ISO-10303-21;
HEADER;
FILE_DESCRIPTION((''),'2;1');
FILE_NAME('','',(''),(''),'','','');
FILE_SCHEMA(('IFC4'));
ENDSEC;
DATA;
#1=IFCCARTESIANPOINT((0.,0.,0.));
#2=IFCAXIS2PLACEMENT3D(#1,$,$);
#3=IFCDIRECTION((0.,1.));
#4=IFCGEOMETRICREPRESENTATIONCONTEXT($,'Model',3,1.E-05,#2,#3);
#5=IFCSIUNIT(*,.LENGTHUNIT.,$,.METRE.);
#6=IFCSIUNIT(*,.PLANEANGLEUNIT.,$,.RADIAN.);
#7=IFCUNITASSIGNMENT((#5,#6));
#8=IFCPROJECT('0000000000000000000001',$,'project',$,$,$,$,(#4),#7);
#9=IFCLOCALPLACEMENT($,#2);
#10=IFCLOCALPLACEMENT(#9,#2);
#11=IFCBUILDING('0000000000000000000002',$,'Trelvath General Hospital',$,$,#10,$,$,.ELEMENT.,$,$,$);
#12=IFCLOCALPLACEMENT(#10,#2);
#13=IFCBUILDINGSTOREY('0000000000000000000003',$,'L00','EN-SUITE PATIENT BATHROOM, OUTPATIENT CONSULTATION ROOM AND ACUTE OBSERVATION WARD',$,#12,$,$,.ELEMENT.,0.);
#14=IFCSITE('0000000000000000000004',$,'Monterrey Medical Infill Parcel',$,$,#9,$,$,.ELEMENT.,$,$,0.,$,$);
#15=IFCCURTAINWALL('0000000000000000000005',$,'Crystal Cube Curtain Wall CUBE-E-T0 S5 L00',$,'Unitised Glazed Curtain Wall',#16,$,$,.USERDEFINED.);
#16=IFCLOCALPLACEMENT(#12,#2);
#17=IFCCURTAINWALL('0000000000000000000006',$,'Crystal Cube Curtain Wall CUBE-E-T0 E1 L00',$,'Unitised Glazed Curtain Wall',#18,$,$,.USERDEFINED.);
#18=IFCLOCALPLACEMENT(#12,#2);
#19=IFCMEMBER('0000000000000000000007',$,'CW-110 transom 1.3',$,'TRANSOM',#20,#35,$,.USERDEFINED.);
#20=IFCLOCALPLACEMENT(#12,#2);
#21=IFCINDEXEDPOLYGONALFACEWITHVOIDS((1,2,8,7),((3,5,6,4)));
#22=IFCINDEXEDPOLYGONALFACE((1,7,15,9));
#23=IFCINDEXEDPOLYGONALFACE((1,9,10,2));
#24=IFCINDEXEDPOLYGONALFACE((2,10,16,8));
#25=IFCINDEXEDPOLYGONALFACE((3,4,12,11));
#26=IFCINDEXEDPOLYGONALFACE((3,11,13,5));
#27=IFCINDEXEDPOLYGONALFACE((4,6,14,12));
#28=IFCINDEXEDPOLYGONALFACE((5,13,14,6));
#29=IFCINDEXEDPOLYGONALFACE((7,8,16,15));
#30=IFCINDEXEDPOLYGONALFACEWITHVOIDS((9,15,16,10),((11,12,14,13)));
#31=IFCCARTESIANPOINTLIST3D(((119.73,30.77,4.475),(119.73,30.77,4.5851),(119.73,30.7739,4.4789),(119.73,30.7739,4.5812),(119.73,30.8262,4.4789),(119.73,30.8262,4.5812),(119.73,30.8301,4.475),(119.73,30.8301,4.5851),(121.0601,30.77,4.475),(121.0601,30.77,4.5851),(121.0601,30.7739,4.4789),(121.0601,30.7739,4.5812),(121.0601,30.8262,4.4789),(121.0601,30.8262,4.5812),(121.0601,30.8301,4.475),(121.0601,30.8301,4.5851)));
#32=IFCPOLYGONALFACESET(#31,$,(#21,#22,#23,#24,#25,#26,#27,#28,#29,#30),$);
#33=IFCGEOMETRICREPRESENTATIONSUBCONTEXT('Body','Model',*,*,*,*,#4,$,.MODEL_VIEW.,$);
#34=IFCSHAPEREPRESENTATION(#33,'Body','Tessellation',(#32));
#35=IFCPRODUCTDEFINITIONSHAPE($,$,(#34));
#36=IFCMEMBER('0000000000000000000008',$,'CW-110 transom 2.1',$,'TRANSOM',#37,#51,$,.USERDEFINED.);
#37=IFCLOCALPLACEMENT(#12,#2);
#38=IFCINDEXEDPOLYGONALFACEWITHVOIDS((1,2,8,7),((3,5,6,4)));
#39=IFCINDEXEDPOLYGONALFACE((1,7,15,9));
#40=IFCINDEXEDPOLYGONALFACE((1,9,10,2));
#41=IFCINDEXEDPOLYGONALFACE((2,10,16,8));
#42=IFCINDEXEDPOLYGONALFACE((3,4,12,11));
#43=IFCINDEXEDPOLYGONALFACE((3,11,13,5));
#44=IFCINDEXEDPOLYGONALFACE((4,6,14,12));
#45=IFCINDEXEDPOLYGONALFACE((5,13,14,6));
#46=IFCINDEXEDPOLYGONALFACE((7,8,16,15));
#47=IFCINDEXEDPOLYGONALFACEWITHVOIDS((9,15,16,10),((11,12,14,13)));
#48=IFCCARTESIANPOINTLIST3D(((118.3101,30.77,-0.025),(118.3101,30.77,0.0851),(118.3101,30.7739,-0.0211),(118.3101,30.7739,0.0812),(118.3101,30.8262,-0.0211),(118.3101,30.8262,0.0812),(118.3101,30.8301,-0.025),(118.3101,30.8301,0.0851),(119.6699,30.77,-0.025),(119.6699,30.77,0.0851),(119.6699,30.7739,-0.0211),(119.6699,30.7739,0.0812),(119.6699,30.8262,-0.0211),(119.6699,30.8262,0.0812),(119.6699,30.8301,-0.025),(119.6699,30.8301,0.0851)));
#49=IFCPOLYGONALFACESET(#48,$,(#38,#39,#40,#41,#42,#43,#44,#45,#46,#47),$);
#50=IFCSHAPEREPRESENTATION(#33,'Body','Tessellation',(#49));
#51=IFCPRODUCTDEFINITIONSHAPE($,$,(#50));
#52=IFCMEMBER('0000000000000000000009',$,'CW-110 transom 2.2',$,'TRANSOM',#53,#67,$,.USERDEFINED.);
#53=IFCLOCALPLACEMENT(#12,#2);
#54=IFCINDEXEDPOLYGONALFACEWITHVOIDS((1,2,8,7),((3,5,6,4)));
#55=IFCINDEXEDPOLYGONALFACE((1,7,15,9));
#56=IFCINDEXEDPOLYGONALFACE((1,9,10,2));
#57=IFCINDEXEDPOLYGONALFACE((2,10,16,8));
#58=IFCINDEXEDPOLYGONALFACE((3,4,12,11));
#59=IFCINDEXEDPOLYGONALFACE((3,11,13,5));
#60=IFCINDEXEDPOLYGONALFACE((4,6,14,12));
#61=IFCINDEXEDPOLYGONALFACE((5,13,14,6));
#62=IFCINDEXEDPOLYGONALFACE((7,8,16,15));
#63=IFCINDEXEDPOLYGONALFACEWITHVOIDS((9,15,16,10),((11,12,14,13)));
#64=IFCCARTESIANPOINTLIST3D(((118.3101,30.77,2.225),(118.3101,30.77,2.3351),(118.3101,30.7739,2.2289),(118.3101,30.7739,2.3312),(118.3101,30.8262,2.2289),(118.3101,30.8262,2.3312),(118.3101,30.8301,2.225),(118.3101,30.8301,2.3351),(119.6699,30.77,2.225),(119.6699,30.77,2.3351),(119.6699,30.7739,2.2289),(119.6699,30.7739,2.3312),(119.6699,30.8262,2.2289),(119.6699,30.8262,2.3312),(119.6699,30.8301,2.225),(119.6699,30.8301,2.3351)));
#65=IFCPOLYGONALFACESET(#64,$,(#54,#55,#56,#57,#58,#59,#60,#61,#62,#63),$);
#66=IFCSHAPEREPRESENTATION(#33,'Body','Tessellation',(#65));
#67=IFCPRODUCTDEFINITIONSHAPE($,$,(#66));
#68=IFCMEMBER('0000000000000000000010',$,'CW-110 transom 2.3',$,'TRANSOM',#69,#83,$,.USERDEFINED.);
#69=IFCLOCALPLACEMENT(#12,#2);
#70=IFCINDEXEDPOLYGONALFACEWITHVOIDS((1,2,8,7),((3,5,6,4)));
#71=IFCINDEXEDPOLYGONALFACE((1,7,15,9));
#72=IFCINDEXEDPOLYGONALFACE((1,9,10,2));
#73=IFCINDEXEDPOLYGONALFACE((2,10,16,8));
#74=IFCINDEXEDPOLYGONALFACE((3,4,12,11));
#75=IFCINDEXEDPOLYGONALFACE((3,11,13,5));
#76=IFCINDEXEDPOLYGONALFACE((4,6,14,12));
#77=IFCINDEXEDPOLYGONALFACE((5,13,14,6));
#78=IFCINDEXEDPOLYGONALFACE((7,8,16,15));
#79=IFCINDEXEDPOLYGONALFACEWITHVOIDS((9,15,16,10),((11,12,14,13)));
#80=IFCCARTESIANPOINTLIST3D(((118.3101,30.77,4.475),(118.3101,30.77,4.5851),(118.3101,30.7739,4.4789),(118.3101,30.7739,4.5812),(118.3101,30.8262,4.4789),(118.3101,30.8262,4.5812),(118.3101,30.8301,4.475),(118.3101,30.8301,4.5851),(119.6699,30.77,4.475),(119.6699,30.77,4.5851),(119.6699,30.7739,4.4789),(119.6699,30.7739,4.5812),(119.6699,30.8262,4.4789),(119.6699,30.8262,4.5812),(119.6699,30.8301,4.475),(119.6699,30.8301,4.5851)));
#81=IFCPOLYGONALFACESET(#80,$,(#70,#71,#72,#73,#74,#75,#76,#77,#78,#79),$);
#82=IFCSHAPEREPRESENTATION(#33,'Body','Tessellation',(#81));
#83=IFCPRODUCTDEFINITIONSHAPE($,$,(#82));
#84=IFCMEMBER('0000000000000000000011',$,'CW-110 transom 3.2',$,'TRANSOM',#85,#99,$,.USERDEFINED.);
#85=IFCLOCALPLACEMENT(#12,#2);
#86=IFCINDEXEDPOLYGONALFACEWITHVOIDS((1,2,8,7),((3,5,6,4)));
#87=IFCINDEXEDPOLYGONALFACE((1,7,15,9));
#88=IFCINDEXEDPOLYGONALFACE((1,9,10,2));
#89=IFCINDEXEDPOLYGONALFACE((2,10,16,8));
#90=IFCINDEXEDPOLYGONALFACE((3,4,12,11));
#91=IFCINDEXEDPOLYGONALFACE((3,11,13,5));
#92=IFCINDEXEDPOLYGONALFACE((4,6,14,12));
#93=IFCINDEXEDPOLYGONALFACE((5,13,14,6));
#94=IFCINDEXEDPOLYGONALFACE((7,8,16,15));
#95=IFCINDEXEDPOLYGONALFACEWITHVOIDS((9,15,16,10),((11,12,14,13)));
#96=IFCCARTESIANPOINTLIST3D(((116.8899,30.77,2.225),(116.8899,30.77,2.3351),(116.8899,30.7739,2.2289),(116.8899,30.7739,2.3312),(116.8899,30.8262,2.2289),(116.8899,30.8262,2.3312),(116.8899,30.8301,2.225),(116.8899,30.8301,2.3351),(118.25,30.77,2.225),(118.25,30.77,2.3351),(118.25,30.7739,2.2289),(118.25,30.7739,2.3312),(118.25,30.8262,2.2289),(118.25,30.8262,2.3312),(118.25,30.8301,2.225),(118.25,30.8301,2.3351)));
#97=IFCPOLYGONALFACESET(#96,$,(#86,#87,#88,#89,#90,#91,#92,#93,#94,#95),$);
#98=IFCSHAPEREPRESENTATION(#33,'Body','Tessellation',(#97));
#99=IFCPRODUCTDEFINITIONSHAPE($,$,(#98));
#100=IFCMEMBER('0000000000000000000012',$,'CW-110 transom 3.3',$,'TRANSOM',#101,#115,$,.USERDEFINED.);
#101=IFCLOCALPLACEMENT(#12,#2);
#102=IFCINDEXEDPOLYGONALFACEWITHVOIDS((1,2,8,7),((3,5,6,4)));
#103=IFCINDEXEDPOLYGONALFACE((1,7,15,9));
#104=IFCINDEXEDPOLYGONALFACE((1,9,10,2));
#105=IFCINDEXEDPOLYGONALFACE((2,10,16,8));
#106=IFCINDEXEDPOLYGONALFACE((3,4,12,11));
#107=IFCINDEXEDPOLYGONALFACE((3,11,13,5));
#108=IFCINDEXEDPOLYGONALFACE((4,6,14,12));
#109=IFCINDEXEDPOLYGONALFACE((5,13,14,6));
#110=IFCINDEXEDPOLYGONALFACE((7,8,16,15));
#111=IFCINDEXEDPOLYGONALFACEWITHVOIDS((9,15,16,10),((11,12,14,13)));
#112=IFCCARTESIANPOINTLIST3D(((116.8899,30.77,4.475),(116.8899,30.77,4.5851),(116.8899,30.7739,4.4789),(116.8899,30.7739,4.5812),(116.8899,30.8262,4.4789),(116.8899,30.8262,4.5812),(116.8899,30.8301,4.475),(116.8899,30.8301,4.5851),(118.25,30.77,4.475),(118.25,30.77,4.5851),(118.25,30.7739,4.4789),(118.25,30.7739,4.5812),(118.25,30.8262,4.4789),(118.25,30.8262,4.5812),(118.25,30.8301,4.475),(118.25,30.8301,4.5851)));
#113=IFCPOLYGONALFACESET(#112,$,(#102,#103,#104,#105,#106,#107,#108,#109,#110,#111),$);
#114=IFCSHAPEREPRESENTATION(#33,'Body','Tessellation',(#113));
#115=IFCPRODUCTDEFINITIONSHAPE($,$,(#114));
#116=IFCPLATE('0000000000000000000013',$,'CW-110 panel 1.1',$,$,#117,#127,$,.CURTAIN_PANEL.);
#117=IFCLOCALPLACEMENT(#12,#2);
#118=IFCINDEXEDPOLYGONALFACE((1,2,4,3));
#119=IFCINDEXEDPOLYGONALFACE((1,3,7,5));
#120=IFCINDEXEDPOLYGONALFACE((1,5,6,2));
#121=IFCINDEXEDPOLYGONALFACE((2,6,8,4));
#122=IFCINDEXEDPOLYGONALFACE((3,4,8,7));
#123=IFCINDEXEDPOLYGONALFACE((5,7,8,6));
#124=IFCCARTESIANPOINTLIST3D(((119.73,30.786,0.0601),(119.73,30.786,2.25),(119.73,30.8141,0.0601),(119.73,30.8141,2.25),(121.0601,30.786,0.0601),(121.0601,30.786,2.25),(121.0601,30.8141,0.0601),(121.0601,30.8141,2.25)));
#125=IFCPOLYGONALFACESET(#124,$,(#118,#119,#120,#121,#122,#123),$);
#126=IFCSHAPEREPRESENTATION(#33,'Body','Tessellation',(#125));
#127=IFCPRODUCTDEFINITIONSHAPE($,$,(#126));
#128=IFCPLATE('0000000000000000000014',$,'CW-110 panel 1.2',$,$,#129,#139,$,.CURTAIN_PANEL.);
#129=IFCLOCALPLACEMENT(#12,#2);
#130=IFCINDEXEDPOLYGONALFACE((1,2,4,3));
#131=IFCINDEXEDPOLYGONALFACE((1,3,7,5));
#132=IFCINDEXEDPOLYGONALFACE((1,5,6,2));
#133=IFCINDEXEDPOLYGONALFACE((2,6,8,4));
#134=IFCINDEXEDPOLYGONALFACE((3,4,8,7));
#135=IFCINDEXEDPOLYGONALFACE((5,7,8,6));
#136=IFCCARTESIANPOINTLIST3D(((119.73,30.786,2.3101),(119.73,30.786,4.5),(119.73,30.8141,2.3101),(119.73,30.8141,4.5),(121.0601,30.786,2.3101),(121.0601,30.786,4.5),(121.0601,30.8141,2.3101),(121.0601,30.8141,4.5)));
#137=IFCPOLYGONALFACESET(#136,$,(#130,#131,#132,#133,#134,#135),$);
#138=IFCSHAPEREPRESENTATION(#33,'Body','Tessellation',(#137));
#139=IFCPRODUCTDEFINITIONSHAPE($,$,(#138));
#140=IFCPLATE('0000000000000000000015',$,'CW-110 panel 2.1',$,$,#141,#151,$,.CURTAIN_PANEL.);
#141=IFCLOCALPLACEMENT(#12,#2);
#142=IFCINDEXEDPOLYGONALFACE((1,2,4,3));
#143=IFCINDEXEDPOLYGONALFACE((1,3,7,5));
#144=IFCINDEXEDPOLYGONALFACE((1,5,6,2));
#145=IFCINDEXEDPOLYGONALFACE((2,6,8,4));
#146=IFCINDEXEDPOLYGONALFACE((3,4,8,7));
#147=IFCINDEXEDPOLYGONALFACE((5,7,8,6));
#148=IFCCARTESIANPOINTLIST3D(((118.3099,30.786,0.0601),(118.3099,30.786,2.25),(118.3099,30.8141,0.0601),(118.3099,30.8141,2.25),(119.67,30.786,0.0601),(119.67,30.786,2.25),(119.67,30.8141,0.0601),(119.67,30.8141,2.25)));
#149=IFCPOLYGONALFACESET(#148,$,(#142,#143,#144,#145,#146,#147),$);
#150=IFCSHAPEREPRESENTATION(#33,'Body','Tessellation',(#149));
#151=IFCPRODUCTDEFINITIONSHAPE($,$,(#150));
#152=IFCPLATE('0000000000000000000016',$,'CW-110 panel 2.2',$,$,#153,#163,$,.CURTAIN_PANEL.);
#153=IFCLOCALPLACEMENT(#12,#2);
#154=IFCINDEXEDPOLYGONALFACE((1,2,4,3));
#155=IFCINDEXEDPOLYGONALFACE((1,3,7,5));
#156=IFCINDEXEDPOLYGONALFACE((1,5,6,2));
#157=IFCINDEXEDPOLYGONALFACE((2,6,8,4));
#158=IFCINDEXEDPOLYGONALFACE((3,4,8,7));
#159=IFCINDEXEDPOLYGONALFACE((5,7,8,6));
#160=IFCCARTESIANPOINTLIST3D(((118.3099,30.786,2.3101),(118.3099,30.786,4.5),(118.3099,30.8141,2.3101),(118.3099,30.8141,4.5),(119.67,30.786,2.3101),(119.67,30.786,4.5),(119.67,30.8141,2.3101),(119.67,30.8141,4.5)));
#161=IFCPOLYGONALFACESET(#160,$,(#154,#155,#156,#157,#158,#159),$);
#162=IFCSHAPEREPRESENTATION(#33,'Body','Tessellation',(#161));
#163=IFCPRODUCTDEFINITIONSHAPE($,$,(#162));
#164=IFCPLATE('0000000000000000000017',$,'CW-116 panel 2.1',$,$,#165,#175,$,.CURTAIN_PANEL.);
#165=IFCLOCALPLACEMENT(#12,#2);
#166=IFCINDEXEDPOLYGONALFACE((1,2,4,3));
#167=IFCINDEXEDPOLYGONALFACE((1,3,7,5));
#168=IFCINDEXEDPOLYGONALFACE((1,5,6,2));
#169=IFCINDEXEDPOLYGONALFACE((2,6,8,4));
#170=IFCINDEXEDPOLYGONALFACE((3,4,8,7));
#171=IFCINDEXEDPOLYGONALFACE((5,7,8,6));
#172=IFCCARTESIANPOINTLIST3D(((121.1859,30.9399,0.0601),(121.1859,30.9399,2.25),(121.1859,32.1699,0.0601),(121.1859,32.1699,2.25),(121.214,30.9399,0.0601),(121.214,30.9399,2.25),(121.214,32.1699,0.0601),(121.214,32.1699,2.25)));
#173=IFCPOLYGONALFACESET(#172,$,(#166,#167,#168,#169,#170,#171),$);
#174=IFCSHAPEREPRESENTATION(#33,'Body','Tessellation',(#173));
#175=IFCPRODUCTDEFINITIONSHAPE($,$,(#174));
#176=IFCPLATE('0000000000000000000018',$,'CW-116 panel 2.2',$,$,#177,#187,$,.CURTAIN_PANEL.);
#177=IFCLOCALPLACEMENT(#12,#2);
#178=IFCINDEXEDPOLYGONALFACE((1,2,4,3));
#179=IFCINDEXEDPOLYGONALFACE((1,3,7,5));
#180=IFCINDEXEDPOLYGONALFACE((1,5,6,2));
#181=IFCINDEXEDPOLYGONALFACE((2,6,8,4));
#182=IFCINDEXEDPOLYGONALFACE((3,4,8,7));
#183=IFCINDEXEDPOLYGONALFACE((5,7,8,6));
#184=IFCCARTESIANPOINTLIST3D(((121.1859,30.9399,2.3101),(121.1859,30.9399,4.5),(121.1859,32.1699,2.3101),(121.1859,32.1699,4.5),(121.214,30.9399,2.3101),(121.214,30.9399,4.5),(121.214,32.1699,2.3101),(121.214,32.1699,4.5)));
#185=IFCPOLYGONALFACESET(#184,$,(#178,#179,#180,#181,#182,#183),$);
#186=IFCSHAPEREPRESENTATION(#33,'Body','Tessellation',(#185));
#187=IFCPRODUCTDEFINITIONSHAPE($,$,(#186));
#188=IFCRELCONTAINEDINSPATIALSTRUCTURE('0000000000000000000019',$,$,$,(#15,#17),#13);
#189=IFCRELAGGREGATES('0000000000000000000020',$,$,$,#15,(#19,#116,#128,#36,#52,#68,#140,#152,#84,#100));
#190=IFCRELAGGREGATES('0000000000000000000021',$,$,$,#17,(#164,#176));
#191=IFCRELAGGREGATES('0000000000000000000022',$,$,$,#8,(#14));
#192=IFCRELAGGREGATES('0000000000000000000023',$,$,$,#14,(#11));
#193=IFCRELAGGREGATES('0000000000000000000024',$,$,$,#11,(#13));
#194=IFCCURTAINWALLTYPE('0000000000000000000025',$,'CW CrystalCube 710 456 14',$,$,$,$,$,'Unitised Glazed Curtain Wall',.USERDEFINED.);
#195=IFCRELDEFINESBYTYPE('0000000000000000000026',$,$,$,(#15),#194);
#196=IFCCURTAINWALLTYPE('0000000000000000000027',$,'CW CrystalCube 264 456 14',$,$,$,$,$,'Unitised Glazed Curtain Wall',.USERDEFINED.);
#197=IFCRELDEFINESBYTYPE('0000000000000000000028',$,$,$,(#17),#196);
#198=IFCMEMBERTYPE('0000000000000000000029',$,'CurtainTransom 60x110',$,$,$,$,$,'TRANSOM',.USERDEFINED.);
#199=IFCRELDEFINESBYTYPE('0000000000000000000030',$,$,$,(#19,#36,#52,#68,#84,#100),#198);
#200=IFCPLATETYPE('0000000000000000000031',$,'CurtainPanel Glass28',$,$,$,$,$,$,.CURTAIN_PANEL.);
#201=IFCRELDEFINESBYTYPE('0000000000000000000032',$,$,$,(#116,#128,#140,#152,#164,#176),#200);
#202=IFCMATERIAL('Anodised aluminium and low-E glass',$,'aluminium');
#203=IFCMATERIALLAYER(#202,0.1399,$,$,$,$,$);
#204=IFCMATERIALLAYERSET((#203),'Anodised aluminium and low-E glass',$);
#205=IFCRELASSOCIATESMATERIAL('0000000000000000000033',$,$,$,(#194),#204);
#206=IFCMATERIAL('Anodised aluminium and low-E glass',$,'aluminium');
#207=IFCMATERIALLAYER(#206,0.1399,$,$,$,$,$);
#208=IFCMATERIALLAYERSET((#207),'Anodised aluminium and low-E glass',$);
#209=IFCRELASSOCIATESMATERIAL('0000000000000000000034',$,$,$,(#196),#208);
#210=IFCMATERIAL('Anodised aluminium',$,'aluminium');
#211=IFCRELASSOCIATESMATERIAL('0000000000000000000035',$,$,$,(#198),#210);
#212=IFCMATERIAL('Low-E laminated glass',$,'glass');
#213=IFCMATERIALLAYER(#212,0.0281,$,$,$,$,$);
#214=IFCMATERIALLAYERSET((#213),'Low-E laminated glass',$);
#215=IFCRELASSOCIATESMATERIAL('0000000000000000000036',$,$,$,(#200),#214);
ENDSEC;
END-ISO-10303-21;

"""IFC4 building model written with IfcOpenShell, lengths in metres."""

from ifc_helpers import new_model, si_unit, direction, frame, origin, origin_2d, place, context, subcontext, project, spatial, rectangle, hollow_rectangle, extrude, material, layer, layer_set, material_profile, profile_set, type_object, element, aggregate, save


model = new_model("IFC4")

# Units and contexts
model_context = context("Model", 3, precision=1e-05, world=origin(), true_north=direction((0.0, 1.0)))
body_context = subcontext(model_context, "Body", "Model", "MODEL_VIEW")
ifc_project = project(units=[si_unit("LENGTHUNIT", "METRE"), si_unit("PLANEANGLEUNIT", "RADIAN")], contexts=[model_context])

# Site, building, storey
site_placement = place(None, origin())
site = spatial("IfcSite", under=ifc_project, at=site_placement, Name="Monterrey Medical Infill Parcel", CompositionType="ELEMENT", RefElevation=0.0)
building_placement = place(site_placement, origin())
building = spatial("IfcBuilding", under=site, at=building_placement, Name="Trelvath General Hospital", CompositionType="ELEMENT")
storey_placement = place(building_placement, origin())
storey = spatial("IfcBuildingStorey", under=building, at=storey_placement, Name="L00", Description="EN-SUITE PATIENT BATHROOM, OUTPATIENT CONSULTATION ROOM AND ACUTE OBSERVATION WARD", CompositionType="ELEMENT", Elevation=0.0)

# Curtain wall
ifc_material_1 = material(Name="Anodised aluminium and low-E glass", Category="aluminium")
ifc_layer_1 = layer(ifc_material_1, 0.1399)
ifc_layer_set_1 = layer_set([ifc_layer_1], Name="Anodised aluminium and low-E glass")
curtain_wall_type_1 = type_object("IfcCurtainWallType", Name="CW CrystalCube 710 456 14", ElementType="Unitised Glazed Curtain Wall", PredefinedType="USERDEFINED", material=ifc_layer_set_1)
curtain_wall_1_placement = place(storey_placement, origin())
curtain_wall_1 = element("IfcCurtainWall", 1, at=curtain_wall_1_placement, inside=storey, type_object=curtain_wall_type_1, Name="Crystal Cube Curtain Wall CUBE-E-T0 S5 L00", ObjectType="Unitised Glazed Curtain Wall", PredefinedType="USERDEFINED")

# Curtain wall
ifc_material_2 = material(Name="Anodised aluminium and low-E glass", Category="aluminium")
ifc_layer_2 = layer(ifc_material_2, 0.1399)
ifc_layer_set_2 = layer_set([ifc_layer_2], Name="Anodised aluminium and low-E glass")
curtain_wall_type_2 = type_object("IfcCurtainWallType", Name="CW CrystalCube 264 456 14", ElementType="Unitised Glazed Curtain Wall", PredefinedType="USERDEFINED", material=ifc_layer_set_2)
curtain_wall_2_placement = place(storey_placement, origin())
curtain_wall_2 = element("IfcCurtainWall", 2, at=curtain_wall_2_placement, inside=storey, type_object=curtain_wall_type_2, Name="Crystal Cube Curtain Wall CUBE-E-T0 E1 L00", ObjectType="Unitised Glazed Curtain Wall", PredefinedType="USERDEFINED")

# Members
ifc_material_3 = material(Name="Anodised aluminium", Category="aluminium")
ifc_material_profile_1 = material_profile(ifc_material_3, hollow_rectangle(XDim=0.0601, YDim=0.1101, WallThickness=0.0039, at=origin_2d()), Name="RHS60x110x4")
ifc_profile_set_1 = profile_set([ifc_material_profile_1], Name="Anodised aluminium")
member_type_1 = type_object("IfcMemberType", Name="CurtainTransom 60x110", ElementType="TRANSOM", PredefinedType="USERDEFINED", material=ifc_profile_set_1)
member_1_placement = place(storey_placement, frame((121.0601, 30.8, 4.53), z_axis=(-1.0, 0.0, 0.0), x_axis=(0.0, -1.0, 0.0)))
member_1 = element("IfcMember", 3, at=member_1_placement, type_object=member_type_1, Name="CW-110 transom 1.3", ObjectType="TRANSOM", PredefinedType="USERDEFINED", context=body_context, shape_type="SweptSolid", body=[
    extrude(hollow_rectangle(XDim=0.0601, YDim=0.1101, WallThickness=0.0039, at=origin_2d()), origin(), (0.0, 0.0, 1.0), 1.3301),
])
member_2_placement = place(storey_placement, frame((119.6699, 30.8, 0.03), z_axis=(-1.0, 0.0, 0.0), x_axis=(0.0, -1.0, 0.0)))
member_2 = element("IfcMember", 4, at=member_2_placement, type_object=member_type_1, Name="CW-110 transom 2.1", ObjectType="TRANSOM", PredefinedType="USERDEFINED", context=body_context, shape_type="SweptSolid", body=[
    extrude(hollow_rectangle(XDim=0.0601, YDim=0.1101, WallThickness=0.0039, at=origin_2d()), origin(), (0.0, 0.0, 1.0), 1.3599),
])
member_3_placement = place(storey_placement, frame((119.6699, 30.8, 2.28), z_axis=(-1.0, 0.0, 0.0), x_axis=(0.0, -1.0, 0.0)))
member_3 = element("IfcMember", 5, at=member_3_placement, type_object=member_type_1, Name="CW-110 transom 2.2", ObjectType="TRANSOM", PredefinedType="USERDEFINED", context=body_context, shape_type="SweptSolid", body=[
    extrude(hollow_rectangle(XDim=0.0601, YDim=0.1101, WallThickness=0.0039, at=origin_2d()), origin(), (0.0, 0.0, 1.0), 1.3599),
])
member_4_placement = place(storey_placement, frame((119.6699, 30.8, 4.53), z_axis=(-1.0, 0.0, 0.0), x_axis=(0.0, -1.0, 0.0)))
member_4 = element("IfcMember", 6, at=member_4_placement, type_object=member_type_1, Name="CW-110 transom 2.3", ObjectType="TRANSOM", PredefinedType="USERDEFINED", context=body_context, shape_type="SweptSolid", body=[
    extrude(hollow_rectangle(XDim=0.0601, YDim=0.1101, WallThickness=0.0039, at=origin_2d()), origin(), (0.0, 0.0, 1.0), 1.3599),
])
member_5_placement = place(storey_placement, frame((118.25, 30.8, 2.28), z_axis=(-1.0, 0.0, 0.0), x_axis=(0.0, -1.0, 0.0)))
member_5 = element("IfcMember", 7, at=member_5_placement, type_object=member_type_1, Name="CW-110 transom 3.2", ObjectType="TRANSOM", PredefinedType="USERDEFINED", context=body_context, shape_type="SweptSolid", body=[
    extrude(hollow_rectangle(XDim=0.0601, YDim=0.1101, WallThickness=0.0039, at=origin_2d()), origin(), (0.0, 0.0, 1.0), 1.3601),
])
member_6_placement = place(storey_placement, frame((118.25, 30.8, 4.53), z_axis=(-1.0, 0.0, 0.0), x_axis=(0.0, -1.0, 0.0)))
member_6 = element("IfcMember", 8, at=member_6_placement, type_object=member_type_1, Name="CW-110 transom 3.3", ObjectType="TRANSOM", PredefinedType="USERDEFINED", context=body_context, shape_type="SweptSolid", body=[
    extrude(hollow_rectangle(XDim=0.0601, YDim=0.1101, WallThickness=0.0039, at=origin_2d()), origin(), (0.0, 0.0, 1.0), 1.3601),
])

# Plates
ifc_material_4 = material(Name="Low-E laminated glass", Category="glass")
ifc_layer_3 = layer(ifc_material_4, 0.0281)
ifc_layer_set_3 = layer_set([ifc_layer_3], Name="Low-E laminated glass")
plate_type = type_object("IfcPlateType", Name="CurtainPanel Glass28", PredefinedType="CURTAIN_PANEL", material=ifc_layer_set_3)
plate_1_placement = place(storey_placement, frame((120.395, 30.8, 0.0601), z_axis=(0.0, 0.0, 1.0), x_axis=(-1.0, 0.0, 0.0)))
plate_1 = element("IfcPlate", 9, at=plate_1_placement, type_object=plate_type, Name="CW-110 panel 1.1", PredefinedType="CURTAIN_PANEL", context=body_context, shape_type="SweptSolid", body=[
    extrude(rectangle(XDim=1.3301, YDim=0.0281, at=origin_2d()), origin(), (0.0, 0.0, 1.0), 2.1899),
])
plate_2_placement = place(storey_placement, frame((120.395, 30.8, 2.3101), z_axis=(0.0, 0.0, 1.0), x_axis=(-1.0, 0.0, 0.0)))
plate_2 = element("IfcPlate", 10, at=plate_2_placement, type_object=plate_type, Name="CW-110 panel 1.2", PredefinedType="CURTAIN_PANEL", context=body_context, shape_type="SweptSolid", body=[
    extrude(rectangle(XDim=1.3301, YDim=0.0281, at=origin_2d()), origin(), (0.0, 0.0, 1.0), 2.1899),
])
plate_3_placement = place(storey_placement, frame((118.99, 30.8, 0.0601), z_axis=(0.0, 0.0, 1.0), x_axis=(-1.0, 0.0, 0.0)))
plate_3 = element("IfcPlate", 11, at=plate_3_placement, type_object=plate_type, Name="CW-110 panel 2.1", PredefinedType="CURTAIN_PANEL", context=body_context, shape_type="SweptSolid", body=[
    extrude(rectangle(XDim=1.3601, YDim=0.0281, at=origin_2d()), origin(), (0.0, 0.0, 1.0), 2.1899),
])
plate_4_placement = place(storey_placement, frame((118.99, 30.8, 2.3101), z_axis=(0.0, 0.0, 1.0), x_axis=(-1.0, 0.0, 0.0)))
plate_4 = element("IfcPlate", 12, at=plate_4_placement, type_object=plate_type, Name="CW-110 panel 2.2", PredefinedType="CURTAIN_PANEL", context=body_context, shape_type="SweptSolid", body=[
    extrude(rectangle(XDim=1.3601, YDim=0.0281, at=origin_2d()), origin(), (0.0, 0.0, 1.0), 2.1899),
])
aggregate(curtain_wall_1, [member_1, plate_1, plate_2, member_2, member_3, member_4, plate_3, plate_4, member_5, member_6])
plate_5_placement = place(storey_placement, frame((121.2, 31.5549, 0.0601), z_axis=(0.0, 0.0, 1.0), x_axis=(0.0, -1.0, 0.0)))
plate_5 = element("IfcPlate", 13, at=plate_5_placement, type_object=plate_type, Name="CW-116 panel 2.1", PredefinedType="CURTAIN_PANEL", context=body_context, shape_type="SweptSolid", body=[
    extrude(rectangle(XDim=1.23, YDim=0.0281, at=origin_2d()), origin(), (0.0, 0.0, 1.0), 2.1899),
])
plate_6_placement = place(storey_placement, frame((121.2, 31.5549, 2.3101), z_axis=(0.0, 0.0, 1.0), x_axis=(0.0, -1.0, 0.0)))
plate_6 = element("IfcPlate", 14, at=plate_6_placement, type_object=plate_type, Name="CW-116 panel 2.2", PredefinedType="CURTAIN_PANEL", context=body_context, shape_type="SweptSolid", body=[
    extrude(rectangle(XDim=1.23, YDim=0.0281, at=origin_2d()), origin(), (0.0, 0.0, 1.0), 2.1899),
])
aggregate(curtain_wall_2, [plate_5, plate_6])

save(model, "model.ifc")
